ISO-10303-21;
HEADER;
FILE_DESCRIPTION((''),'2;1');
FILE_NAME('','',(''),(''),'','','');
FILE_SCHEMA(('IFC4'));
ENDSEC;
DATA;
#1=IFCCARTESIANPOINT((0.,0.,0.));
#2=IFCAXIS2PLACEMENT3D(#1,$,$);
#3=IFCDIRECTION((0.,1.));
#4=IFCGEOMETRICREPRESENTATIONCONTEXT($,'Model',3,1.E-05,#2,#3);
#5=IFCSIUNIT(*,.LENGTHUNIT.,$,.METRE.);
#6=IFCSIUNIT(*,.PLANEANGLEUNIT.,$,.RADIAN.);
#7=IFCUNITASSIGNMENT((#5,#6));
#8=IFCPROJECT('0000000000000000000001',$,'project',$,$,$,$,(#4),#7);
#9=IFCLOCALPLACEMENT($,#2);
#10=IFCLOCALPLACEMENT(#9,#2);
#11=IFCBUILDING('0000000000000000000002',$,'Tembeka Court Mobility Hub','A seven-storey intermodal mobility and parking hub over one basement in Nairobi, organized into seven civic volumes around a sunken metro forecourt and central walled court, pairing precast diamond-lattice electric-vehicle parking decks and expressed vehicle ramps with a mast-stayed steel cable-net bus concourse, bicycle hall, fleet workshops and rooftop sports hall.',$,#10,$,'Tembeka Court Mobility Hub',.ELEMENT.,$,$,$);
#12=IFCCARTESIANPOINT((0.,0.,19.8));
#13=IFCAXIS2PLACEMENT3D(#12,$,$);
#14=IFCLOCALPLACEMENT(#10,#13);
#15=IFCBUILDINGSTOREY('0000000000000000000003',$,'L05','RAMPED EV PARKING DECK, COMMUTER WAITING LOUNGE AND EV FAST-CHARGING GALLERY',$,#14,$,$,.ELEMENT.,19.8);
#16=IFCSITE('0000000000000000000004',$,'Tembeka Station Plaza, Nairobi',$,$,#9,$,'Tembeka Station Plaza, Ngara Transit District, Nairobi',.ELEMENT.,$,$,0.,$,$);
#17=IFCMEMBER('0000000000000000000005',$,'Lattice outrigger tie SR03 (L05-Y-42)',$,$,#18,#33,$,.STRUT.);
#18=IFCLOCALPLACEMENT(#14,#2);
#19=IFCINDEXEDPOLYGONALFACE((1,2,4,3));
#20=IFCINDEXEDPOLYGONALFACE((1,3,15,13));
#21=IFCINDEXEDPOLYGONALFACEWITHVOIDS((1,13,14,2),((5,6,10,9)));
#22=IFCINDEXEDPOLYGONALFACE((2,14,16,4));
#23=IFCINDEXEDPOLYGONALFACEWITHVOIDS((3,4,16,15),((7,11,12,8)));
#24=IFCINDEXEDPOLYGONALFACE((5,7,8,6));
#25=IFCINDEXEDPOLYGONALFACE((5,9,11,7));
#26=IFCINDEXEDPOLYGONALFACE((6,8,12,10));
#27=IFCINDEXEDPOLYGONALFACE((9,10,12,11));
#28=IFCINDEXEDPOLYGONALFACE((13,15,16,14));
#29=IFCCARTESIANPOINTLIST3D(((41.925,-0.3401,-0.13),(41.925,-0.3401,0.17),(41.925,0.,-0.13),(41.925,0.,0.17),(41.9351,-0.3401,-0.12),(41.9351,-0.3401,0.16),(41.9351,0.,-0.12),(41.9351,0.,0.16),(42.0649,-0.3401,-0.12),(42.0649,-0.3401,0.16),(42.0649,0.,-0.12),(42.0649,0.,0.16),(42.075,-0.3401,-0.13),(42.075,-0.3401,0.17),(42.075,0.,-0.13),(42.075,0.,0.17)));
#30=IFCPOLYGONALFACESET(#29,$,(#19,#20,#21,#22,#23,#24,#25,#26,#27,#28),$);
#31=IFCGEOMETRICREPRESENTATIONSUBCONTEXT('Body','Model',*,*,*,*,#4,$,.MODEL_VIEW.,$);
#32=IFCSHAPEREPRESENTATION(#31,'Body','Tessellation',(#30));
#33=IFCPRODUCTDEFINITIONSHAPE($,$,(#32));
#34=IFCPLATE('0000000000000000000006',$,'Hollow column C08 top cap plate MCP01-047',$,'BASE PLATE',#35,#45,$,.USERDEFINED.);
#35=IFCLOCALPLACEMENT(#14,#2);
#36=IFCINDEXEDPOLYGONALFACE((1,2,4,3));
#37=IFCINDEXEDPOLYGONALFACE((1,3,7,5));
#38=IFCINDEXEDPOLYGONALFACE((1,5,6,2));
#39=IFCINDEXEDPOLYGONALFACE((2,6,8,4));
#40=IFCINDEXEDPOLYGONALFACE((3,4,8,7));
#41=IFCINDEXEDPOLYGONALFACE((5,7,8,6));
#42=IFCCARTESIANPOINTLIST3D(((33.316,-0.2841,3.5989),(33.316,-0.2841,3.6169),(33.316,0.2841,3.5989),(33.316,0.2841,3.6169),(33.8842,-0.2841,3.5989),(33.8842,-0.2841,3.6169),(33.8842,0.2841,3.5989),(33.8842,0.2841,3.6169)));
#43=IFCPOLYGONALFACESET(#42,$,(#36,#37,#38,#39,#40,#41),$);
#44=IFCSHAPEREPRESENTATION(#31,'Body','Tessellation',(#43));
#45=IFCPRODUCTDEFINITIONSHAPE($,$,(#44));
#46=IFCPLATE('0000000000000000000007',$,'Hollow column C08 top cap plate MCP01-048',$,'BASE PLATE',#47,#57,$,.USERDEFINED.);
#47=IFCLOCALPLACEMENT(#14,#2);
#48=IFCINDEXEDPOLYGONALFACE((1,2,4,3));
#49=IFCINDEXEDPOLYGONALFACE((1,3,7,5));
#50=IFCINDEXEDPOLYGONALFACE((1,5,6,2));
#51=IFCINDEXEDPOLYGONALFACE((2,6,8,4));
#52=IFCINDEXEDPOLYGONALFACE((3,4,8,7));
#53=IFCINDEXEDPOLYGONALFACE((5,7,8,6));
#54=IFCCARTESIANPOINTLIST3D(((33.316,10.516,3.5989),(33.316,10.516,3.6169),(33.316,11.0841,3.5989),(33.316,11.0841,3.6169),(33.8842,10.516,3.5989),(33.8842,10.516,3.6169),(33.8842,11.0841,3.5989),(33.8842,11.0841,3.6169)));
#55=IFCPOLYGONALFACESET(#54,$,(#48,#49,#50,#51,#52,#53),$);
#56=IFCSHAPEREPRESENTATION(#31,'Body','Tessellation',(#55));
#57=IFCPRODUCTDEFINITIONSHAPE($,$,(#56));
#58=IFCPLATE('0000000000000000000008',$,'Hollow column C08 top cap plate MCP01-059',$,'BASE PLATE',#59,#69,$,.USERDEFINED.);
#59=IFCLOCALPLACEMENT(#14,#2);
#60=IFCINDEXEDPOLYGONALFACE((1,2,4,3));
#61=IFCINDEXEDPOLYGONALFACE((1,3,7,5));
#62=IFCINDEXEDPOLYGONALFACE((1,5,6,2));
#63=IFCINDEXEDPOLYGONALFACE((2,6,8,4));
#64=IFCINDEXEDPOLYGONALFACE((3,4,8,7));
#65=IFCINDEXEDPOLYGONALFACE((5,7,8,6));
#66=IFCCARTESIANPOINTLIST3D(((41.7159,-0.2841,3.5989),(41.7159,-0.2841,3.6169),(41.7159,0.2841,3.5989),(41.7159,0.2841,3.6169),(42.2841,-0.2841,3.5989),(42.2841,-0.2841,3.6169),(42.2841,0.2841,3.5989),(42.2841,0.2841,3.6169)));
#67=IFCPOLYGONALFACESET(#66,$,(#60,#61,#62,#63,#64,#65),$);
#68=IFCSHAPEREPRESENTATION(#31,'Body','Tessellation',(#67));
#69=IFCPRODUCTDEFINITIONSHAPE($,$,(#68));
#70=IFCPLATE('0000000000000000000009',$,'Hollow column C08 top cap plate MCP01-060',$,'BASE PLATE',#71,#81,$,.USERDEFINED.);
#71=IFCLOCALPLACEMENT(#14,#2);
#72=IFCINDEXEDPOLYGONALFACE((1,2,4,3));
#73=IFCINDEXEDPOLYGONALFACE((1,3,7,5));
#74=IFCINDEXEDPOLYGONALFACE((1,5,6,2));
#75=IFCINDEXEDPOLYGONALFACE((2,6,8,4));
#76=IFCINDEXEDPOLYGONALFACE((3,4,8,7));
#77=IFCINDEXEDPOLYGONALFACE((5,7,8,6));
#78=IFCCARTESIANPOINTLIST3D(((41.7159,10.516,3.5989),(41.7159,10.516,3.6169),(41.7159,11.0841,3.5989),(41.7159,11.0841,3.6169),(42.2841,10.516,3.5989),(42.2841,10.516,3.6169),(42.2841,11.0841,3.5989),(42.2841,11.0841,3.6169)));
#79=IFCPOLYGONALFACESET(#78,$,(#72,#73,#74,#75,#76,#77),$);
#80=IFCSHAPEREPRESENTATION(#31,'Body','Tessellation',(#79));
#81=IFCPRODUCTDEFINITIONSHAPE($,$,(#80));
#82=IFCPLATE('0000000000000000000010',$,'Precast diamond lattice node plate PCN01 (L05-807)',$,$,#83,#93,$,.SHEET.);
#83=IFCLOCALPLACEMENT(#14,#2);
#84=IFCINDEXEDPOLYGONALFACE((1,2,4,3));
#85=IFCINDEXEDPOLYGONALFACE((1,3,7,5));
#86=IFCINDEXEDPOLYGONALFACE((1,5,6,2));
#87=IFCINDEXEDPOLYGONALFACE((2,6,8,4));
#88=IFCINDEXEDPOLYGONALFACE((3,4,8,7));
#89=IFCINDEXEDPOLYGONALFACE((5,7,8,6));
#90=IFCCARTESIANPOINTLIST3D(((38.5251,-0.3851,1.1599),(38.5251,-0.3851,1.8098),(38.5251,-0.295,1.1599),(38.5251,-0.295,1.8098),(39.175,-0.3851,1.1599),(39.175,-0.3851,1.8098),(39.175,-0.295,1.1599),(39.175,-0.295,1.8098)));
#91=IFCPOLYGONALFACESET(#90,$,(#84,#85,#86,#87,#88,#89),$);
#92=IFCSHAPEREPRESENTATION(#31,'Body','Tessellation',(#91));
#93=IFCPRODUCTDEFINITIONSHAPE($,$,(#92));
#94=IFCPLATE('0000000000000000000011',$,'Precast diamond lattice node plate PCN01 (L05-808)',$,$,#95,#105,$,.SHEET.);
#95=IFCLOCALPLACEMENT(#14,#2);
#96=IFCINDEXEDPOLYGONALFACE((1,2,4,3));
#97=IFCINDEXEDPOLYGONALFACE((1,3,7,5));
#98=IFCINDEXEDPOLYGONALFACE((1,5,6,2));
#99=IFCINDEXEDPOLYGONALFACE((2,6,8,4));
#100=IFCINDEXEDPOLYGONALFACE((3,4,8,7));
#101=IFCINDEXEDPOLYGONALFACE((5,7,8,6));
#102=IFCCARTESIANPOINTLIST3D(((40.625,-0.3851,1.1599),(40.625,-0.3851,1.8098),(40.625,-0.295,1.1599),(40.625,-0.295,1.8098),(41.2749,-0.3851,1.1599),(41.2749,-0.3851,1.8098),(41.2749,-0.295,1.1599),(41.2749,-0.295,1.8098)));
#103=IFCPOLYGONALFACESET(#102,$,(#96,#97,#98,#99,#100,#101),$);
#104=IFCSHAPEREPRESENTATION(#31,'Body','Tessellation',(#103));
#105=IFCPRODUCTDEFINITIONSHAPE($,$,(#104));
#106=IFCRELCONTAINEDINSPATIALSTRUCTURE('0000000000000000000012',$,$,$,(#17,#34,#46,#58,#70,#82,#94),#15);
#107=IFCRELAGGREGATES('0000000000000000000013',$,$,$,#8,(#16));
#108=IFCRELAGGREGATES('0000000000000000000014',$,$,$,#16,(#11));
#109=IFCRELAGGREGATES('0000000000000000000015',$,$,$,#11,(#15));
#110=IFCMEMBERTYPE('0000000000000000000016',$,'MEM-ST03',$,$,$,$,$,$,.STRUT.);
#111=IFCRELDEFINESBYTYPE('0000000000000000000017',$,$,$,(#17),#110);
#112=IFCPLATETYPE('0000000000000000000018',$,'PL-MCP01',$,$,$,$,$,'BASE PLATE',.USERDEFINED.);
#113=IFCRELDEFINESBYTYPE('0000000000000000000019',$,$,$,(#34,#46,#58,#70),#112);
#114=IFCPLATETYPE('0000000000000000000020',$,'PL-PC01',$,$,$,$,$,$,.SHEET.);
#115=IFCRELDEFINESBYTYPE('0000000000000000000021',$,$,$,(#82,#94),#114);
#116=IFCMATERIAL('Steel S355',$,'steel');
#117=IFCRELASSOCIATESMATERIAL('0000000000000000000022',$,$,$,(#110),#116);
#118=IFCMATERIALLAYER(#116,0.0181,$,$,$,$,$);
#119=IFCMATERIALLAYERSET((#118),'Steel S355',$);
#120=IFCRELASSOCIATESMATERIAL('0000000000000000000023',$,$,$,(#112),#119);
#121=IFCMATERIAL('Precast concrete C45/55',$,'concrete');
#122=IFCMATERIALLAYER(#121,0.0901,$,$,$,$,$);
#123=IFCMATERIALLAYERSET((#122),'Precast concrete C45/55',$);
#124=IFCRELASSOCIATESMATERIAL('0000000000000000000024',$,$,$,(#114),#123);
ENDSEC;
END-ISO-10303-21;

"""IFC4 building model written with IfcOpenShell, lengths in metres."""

from ifc_helpers import new_model, si_unit, direction, frame, origin, origin_2d, place, context, subcontext, project, spatial, rectangle, hollow_rectangle, extrude, material, layer, layer_set, material_profile, profile_set, type_object, element, save


model = new_model("IFC4")

# Units and contexts
model_context = context("Model", 3, precision=1e-05, world=origin(), true_north=direction((0.0, 1.0)))
body_context = subcontext(model_context, "Body", "Model", "MODEL_VIEW")
ifc_project = project(units=[si_unit("LENGTHUNIT", "METRE"), si_unit("PLANEANGLEUNIT", "RADIAN")], contexts=[model_context])

# Site, building, storey
site_placement = place(None, origin())
site = spatial("IfcSite", under=ifc_project, at=site_placement, Name="Tembeka Station Plaza, Nairobi", LongName="Tembeka Station Plaza, Ngara Transit District, Nairobi", CompositionType="ELEMENT", RefElevation=0.0)
building_placement = place(site_placement, origin())
building = spatial("IfcBuilding", under=site, at=building_placement, Name="Tembeka Court Mobility Hub", Description="A seven-storey intermodal mobility and parking hub over one basement in Nairobi, organized into seven civic volumes around a sunken metro forecourt and central walled court, pairing precast diamond-lattice electric-vehicle parking decks and expressed vehicle ramps with a mast-stayed steel cable-net bus concourse, bicycle hall, fleet workshops and rooftop sports hall.", LongName="Tembeka Court Mobility Hub", CompositionType="ELEMENT")
storey_placement = place(building_placement, frame((0.0, 0.0, 19.8)))
storey = spatial("IfcBuildingStorey", under=building, at=storey_placement, Name="L05", Description="RAMPED EV PARKING DECK, COMMUTER WAITING LOUNGE AND EV FAST-CHARGING GALLERY", CompositionType="ELEMENT", Elevation=19.8)

# Shared definitions
ifc_material_1 = material(Name="Steel S355", Category="steel")

# Shared definitions
ifc_material_2 = material(Name="Precast concrete C45/55", Category="concrete")

# Member
ifc_material_profile_1 = material_profile(ifc_material_1, hollow_rectangle(XDim=0.1499, YDim=0.3, WallThickness=0.01, at=origin_2d()), Name="RHS 300x150x10")
ifc_profile_set_1 = profile_set([ifc_material_profile_1], Name="Steel S355")
member_type_1 = type_object("IfcMemberType", Name="MEM-ST03", PredefinedType="STRUT", material=ifc_profile_set_1)
for number, where, z_axis, x_axis, name in (
    (1, (42.0, 0.0, 0.02), (0.0, -1.0, 0.0), (1.0, 0.0, 0.0), "Lattice outrigger tie SR03 (L05-Y-42)"),
):
    element("IfcMember", number, at=place(storey_placement, frame(where, z_axis=z_axis, x_axis=x_axis)), inside=storey, type_object=member_type_1, Name=name, PredefinedType="STRUT", context=body_context, shape_type="SweptSolid", body=[
        extrude(hollow_rectangle(XDim=0.1499, YDim=0.3, WallThickness=0.01, at=origin_2d()), origin(), (0.0, 0.0, 1.0), 0.3401),
    ])

# Plates
ifc_layer_1 = layer(ifc_material_1, 0.0181)
ifc_layer_set_1 = layer_set([ifc_layer_1], Name="Steel S355")
plate_type_1 = type_object("IfcPlateType", Name="PL-MCP01", ElementType="BASE PLATE", PredefinedType="USERDEFINED", material=ifc_layer_set_1)
for number, where, z_axis, x_axis, name in (
    (2, (33.6001, 0.0, 3.5989), (0.0, 0.0, 1.0), (1.0, 0.0, 0.0), "Hollow column C08 top cap plate MCP01-047"),
    (3, (33.6001, 10.8, 3.5989), (0.0, 0.0, 1.0), (1.0, 0.0, 0.0), "Hollow column C08 top cap plate MCP01-048"),
    (4, (42.0, 0.0, 3.5989), (0.0, 0.0, 1.0), (1.0, 0.0, 0.0), "Hollow column C08 top cap plate MCP01-059"),
    (5, (42.0, 10.8, 3.5989), (0.0, 0.0, 1.0), (1.0, 0.0, 0.0), "Hollow column C08 top cap plate MCP01-060"),
):
    element("IfcPlate", number, at=place(storey_placement, frame(where, z_axis=z_axis, x_axis=x_axis)), inside=storey, type_object=plate_type_1, Name=name, ObjectType="BASE PLATE", PredefinedType="USERDEFINED", context=body_context, shape_type="SweptSolid", body=[
        extrude(rectangle(XDim=0.5681, YDim=0.5681, at=origin_2d()), origin(), (0.0, 0.0, 1.0), 0.0181),
    ])
ifc_layer_2 = layer(ifc_material_2, 0.0901)
ifc_layer_set_2 = layer_set([ifc_layer_2], Name="Precast concrete C45/55")
plate_type_2 = type_object("IfcPlateType", Name="PL-PC01", PredefinedType="SHEET", material=ifc_layer_set_2)
for number, where, z_axis, x_axis, name in (
    (6, (38.8501, -0.3401, 1.1599), (0.0, 0.0, 1.0), (1.0, 0.0, 0.0), "Precast diamond lattice node plate PCN01 (L05-807)"),
    (7, (40.95, -0.3401, 1.1599), (0.0, 0.0, 1.0), (1.0, 0.0, 0.0), "Precast diamond lattice node plate PCN01 (L05-808)"),
):
    element("IfcPlate", number, at=place(storey_placement, frame(where, z_axis=z_axis, x_axis=x_axis)), inside=storey, type_object=plate_type_2, Name=name, PredefinedType="SHEET", context=body_context, shape_type="SweptSolid", body=[
        extrude(rectangle(XDim=0.6499, YDim=0.0901, at=origin_2d()), origin(), (0.0, 0.0, 1.0), 0.6499),
    ])

save(model, "model.ifc")
